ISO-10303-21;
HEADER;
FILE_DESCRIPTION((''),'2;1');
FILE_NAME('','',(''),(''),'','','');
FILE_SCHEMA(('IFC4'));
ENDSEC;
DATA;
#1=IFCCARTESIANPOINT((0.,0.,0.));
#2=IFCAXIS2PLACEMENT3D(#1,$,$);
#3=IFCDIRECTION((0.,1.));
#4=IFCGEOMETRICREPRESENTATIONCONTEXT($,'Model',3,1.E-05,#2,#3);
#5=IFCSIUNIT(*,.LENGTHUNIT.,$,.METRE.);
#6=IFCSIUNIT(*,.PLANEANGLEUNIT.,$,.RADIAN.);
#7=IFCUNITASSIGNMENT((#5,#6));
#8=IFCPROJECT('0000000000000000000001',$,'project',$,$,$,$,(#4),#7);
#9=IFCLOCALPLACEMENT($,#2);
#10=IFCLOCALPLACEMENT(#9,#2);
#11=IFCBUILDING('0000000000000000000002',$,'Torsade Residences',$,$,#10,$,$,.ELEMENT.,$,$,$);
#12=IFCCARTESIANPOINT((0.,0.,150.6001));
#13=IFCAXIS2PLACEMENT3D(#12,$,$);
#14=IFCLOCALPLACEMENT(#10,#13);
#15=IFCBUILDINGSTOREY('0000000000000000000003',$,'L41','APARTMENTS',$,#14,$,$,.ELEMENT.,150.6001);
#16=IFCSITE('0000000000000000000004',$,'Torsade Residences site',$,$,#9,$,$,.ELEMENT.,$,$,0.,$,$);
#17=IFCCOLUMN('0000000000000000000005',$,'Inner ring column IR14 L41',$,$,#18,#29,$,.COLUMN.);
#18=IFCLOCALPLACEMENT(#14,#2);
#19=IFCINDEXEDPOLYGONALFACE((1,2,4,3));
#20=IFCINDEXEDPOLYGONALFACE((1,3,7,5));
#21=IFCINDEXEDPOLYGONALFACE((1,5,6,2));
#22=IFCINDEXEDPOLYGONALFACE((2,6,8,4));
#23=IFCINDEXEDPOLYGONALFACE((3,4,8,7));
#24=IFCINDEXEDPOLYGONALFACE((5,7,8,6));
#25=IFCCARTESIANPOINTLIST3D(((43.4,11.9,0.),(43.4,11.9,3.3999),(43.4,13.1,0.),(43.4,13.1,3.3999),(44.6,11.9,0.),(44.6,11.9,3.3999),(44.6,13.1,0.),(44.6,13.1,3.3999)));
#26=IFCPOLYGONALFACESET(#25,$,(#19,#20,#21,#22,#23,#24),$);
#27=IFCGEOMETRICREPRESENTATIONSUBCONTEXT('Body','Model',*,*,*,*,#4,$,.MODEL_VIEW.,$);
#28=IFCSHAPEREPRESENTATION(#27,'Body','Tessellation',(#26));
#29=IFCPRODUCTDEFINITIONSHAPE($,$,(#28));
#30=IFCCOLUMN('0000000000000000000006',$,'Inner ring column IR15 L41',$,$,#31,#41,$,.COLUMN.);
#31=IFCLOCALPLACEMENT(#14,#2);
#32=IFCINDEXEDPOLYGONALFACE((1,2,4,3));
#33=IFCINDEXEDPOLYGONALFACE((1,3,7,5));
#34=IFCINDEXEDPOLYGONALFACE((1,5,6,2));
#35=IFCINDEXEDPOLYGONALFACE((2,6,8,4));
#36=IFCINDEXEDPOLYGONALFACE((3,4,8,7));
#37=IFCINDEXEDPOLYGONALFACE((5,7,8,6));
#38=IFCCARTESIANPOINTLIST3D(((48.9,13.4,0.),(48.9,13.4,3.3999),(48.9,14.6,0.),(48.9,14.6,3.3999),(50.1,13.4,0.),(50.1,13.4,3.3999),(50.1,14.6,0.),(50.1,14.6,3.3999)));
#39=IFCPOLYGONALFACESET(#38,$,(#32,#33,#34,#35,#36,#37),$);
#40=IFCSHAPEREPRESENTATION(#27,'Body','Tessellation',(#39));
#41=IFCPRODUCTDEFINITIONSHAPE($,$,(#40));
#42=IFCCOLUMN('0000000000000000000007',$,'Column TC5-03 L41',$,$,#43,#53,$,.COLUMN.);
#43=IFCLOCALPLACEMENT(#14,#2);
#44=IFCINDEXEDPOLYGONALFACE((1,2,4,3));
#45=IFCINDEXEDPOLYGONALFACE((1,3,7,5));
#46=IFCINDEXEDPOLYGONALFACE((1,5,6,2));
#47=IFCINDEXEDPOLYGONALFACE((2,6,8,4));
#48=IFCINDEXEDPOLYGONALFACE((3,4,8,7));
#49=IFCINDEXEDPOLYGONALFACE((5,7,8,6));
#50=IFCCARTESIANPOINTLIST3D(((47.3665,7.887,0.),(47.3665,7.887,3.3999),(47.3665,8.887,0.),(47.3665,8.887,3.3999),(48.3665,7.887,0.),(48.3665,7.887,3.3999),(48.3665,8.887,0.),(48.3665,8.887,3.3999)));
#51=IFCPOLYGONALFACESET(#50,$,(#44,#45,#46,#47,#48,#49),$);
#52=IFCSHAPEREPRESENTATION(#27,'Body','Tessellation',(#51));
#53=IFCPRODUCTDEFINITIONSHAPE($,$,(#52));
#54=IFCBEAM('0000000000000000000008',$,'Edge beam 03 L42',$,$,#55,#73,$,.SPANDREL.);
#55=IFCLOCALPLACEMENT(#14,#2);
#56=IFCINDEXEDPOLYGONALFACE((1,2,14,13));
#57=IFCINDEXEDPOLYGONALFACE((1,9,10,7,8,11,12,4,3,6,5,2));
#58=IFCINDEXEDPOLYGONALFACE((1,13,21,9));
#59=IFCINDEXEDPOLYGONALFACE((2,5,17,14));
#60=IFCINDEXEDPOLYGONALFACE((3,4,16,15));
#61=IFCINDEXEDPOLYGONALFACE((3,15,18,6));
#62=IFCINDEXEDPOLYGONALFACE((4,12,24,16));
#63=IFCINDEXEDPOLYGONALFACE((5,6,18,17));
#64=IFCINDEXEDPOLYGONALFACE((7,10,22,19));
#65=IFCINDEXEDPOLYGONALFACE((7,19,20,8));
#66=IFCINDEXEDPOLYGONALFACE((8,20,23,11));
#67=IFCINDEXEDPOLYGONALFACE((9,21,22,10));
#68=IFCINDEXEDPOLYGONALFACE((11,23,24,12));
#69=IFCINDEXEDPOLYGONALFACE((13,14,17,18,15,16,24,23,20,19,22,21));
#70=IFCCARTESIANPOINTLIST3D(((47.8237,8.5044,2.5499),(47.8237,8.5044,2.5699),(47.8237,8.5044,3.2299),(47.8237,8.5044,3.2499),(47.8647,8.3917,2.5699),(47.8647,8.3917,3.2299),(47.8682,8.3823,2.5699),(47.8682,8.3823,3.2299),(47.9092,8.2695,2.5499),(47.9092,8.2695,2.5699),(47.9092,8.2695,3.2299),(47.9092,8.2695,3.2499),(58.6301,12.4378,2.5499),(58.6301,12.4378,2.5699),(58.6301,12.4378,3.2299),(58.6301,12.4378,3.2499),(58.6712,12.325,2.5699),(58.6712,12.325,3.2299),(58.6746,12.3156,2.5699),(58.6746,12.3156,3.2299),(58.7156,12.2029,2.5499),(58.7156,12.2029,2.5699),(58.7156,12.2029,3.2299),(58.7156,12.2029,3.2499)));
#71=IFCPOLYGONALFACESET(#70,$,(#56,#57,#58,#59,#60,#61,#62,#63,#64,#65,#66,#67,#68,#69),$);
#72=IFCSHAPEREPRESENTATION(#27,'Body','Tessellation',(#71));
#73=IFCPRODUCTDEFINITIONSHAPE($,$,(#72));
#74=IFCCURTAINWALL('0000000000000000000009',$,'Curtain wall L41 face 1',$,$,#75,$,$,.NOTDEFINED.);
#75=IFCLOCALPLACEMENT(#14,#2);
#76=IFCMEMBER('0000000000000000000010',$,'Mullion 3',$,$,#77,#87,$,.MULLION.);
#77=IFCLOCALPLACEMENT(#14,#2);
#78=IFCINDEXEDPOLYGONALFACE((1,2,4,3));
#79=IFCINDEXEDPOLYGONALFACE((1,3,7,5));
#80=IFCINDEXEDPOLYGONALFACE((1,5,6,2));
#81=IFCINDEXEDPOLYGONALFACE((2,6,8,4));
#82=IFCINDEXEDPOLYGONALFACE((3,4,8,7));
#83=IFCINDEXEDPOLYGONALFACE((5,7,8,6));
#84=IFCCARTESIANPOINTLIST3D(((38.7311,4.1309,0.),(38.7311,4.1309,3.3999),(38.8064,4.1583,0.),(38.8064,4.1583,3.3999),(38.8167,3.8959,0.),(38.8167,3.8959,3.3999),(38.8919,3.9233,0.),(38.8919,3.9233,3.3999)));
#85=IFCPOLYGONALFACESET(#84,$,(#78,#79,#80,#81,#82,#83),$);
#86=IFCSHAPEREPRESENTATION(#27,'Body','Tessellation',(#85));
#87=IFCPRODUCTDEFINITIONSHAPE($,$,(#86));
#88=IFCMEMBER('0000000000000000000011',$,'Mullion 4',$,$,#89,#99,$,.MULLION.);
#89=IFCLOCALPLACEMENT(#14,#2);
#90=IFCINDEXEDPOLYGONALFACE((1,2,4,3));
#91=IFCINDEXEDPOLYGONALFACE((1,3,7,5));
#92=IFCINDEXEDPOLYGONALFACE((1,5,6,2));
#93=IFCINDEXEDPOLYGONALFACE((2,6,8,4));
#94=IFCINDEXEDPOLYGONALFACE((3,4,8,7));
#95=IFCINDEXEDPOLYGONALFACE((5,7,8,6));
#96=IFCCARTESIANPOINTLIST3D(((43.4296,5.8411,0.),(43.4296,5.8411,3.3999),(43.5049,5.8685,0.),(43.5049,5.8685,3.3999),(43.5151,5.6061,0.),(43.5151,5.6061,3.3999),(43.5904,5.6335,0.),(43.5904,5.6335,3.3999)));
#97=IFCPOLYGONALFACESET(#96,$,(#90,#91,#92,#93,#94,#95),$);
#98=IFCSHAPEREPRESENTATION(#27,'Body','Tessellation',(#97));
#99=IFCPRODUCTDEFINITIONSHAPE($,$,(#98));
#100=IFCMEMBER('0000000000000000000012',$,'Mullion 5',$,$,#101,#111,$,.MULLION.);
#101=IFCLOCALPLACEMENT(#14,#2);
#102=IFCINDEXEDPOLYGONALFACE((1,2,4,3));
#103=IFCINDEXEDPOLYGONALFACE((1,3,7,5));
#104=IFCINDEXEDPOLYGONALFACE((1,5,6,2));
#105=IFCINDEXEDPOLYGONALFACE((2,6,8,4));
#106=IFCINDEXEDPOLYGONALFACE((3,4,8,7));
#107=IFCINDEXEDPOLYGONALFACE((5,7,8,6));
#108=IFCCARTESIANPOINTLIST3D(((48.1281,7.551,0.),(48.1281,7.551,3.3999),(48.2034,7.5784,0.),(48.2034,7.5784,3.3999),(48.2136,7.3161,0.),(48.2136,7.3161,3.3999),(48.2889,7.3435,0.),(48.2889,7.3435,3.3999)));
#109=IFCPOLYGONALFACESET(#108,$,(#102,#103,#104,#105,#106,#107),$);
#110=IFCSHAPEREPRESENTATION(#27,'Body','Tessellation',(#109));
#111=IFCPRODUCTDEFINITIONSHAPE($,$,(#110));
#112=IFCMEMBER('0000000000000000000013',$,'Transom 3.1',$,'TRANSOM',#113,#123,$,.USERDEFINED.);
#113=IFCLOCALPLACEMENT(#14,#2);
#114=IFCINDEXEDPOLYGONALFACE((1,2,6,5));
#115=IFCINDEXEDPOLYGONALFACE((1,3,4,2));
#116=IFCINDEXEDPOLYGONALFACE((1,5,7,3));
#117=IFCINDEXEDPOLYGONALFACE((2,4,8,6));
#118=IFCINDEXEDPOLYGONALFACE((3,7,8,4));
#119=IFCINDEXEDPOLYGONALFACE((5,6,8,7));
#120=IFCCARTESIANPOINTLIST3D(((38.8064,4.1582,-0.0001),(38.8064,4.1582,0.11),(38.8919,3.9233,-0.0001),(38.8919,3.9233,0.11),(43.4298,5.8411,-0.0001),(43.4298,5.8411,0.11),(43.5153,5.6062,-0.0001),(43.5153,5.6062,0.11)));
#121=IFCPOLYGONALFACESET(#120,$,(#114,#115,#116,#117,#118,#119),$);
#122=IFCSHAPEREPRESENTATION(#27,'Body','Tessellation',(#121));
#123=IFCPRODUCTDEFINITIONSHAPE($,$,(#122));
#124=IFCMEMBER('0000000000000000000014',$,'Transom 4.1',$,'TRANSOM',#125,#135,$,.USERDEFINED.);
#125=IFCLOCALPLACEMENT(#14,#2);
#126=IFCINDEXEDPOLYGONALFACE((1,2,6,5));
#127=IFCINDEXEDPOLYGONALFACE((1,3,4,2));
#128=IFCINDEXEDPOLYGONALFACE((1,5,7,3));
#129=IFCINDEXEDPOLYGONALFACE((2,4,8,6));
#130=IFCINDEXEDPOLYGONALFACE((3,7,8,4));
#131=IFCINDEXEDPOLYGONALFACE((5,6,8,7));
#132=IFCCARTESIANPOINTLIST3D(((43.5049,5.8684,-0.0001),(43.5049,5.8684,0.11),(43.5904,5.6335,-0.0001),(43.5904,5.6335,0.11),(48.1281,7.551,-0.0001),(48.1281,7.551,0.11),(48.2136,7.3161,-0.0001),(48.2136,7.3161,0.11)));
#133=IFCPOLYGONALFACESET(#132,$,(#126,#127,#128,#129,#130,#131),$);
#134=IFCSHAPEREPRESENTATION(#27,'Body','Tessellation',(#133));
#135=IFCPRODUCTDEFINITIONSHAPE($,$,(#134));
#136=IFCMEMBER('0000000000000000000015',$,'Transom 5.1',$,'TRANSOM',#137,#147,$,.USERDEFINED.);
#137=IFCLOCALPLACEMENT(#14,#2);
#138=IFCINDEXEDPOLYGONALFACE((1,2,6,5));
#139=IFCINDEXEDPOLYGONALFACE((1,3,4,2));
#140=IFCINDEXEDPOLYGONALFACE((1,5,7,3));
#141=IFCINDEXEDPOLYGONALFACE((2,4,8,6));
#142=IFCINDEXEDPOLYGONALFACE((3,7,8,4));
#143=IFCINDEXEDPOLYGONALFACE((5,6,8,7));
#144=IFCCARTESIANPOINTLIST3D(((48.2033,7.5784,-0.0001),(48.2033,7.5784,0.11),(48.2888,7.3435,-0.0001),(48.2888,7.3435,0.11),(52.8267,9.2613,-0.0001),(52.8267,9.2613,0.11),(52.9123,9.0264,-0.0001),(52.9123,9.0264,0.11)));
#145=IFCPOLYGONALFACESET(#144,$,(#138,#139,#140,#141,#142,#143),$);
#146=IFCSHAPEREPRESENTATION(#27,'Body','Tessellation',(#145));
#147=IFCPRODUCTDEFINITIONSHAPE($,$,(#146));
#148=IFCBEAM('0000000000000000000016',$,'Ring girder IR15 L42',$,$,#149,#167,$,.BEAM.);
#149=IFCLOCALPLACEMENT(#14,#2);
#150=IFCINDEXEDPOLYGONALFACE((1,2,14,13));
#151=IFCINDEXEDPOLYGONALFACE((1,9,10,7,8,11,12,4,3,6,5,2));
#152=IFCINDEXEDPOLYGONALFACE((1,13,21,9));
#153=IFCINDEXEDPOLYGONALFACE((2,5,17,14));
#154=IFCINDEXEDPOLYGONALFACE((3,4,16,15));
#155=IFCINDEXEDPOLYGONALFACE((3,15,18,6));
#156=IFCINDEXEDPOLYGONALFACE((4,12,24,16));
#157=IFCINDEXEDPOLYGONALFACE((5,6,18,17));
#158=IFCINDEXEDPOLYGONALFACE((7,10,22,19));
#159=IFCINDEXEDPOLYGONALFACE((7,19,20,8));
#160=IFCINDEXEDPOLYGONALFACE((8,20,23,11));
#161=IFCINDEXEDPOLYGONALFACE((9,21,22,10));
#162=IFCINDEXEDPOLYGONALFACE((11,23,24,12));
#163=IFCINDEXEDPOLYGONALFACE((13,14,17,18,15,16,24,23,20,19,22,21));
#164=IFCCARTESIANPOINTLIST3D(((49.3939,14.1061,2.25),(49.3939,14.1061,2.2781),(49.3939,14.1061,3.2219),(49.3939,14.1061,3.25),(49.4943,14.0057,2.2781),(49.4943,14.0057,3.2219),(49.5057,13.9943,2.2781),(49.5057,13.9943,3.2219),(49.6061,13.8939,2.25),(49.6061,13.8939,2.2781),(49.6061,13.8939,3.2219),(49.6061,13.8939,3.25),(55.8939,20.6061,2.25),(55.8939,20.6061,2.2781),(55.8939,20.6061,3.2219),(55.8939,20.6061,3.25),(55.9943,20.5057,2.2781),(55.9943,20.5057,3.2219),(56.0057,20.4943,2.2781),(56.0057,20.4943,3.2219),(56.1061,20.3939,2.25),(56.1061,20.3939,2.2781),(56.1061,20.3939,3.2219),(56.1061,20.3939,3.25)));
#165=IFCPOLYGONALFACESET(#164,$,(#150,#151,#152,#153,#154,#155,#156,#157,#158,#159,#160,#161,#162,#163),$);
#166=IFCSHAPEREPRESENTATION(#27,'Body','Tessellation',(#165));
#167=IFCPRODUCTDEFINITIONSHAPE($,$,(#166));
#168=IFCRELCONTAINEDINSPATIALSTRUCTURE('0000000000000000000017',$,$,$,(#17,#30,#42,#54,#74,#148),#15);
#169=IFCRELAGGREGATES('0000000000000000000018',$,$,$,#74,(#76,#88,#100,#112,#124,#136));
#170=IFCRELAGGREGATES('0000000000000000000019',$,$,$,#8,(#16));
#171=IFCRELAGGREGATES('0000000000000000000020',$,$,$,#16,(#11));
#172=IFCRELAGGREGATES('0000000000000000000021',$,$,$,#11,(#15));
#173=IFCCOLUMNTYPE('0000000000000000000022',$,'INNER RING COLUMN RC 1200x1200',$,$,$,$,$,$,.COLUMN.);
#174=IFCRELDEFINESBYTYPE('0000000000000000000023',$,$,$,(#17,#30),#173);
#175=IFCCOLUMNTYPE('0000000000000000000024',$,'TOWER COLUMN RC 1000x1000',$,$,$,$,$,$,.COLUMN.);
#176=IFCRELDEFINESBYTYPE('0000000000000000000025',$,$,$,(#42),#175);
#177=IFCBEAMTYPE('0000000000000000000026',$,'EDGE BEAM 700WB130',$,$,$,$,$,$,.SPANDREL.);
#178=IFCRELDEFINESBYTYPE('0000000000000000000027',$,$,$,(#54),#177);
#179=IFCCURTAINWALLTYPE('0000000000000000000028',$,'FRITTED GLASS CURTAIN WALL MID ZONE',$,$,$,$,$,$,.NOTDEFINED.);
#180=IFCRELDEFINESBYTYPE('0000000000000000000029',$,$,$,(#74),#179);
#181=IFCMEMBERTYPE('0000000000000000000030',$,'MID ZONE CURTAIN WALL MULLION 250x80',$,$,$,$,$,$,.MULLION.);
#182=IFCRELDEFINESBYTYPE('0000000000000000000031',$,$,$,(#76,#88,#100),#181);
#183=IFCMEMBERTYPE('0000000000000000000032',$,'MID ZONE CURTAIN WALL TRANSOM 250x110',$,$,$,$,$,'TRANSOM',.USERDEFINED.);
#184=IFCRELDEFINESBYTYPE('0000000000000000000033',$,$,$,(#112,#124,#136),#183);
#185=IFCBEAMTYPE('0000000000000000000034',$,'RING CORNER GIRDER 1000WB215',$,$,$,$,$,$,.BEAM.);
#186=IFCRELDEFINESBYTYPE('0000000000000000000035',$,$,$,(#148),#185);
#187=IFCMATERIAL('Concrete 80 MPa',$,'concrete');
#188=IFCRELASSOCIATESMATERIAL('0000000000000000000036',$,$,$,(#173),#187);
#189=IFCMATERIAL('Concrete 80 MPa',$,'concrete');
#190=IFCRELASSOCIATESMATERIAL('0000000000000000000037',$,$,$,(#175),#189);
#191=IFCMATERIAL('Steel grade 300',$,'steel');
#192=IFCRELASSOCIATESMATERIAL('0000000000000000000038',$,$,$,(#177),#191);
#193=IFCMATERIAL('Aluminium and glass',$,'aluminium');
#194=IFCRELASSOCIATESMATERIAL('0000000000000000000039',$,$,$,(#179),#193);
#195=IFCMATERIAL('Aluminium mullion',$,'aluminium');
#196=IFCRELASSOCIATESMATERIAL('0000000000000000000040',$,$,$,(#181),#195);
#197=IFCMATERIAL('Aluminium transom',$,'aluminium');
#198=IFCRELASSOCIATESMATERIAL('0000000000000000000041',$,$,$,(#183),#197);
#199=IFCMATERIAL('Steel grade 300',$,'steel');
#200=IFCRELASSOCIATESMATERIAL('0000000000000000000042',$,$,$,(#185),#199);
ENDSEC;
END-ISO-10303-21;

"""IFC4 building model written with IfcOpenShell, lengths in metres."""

from ifc_helpers import new_model, si_unit, direction, frame, origin, origin_2d, place, context, subcontext, project, spatial, rectangle, i_section, extrude, material, material_profile, profile_set, type_object, element, aggregate, save


model = new_model("IFC4")

# Units and contexts
model_context = context("Model", 3, precision=1e-05, world=origin(), true_north=direction((0.0, 1.0)))
body_context = subcontext(model_context, "Body", "Model", "MODEL_VIEW")
ifc_project = project(units=[si_unit("LENGTHUNIT", "METRE"), si_unit("PLANEANGLEUNIT", "RADIAN")], contexts=[model_context])

# Site, building, storey
site_placement = place(None, origin())
site = spatial("IfcSite", under=ifc_project, at=site_placement, Name="Torsade Residences site", CompositionType="ELEMENT", RefElevation=0.0)
building_placement = place(site_placement, origin())
building = spatial("IfcBuilding", under=site, at=building_placement, Name="Torsade Residences", CompositionType="ELEMENT")
storey_placement = place(building_placement, frame((0.0, 0.0, 150.6001)))
storey = spatial("IfcBuildingStorey", under=building, at=storey_placement, Name="L41", Description="APARTMENTS", CompositionType="ELEMENT", Elevation=150.6001)

# Columns
ifc_material_1 = material(Name="Concrete 80 MPa", Category="concrete")
ifc_material_profile_1 = material_profile(ifc_material_1, rectangle(XDim=1.2, YDim=1.2, at=origin_2d()), Name="RC 1200x1200")
ifc_profile_set_1 = profile_set([ifc_material_profile_1], Name="Concrete 80 MPa")
column_type_1 = type_object("IfcColumnType", Name="INNER RING COLUMN RC 1200x1200", PredefinedType="COLUMN", material=ifc_profile_set_1)
for number, where, z_axis, x_axis, name in (
    (1, (44.0, 12.5, 0.0), (0.0, 0.0, 1.0), (1.0, 0.0, 0.0), "Inner ring column IR14 L41"),
    (2, (49.5, 14.0, 0.0), (0.0, 0.0, 1.0), (1.0, 0.0, 0.0), "Inner ring column IR15 L41"),
):
    element("IfcColumn", number, at=place(storey_placement, frame(where, z_axis=z_axis, x_axis=x_axis)), inside=storey, type_object=column_type_1, Name=name, PredefinedType="COLUMN", context=body_context, shape_type="SweptSolid", body=[
        extrude(rectangle(XDim=1.2, YDim=1.2, at=origin_2d()), origin(), (0.0, 0.0, 1.0), 3.3999),
    ])
ifc_material_2 = material(Name="Concrete 80 MPa", Category="concrete")
ifc_material_profile_2 = material_profile(ifc_material_2, rectangle(XDim=1.0, YDim=1.0, at=origin_2d()), Name="RC 1000x1000")
ifc_profile_set_2 = profile_set([ifc_material_profile_2], Name="Concrete 80 MPa")
column_type_2 = type_object("IfcColumnType", Name="TOWER COLUMN RC 1000x1000", PredefinedType="COLUMN", material=ifc_profile_set_2)
column_placement = place(storey_placement, frame((47.8665, 8.387, 0.0), z_axis=(0.0, 0.0, 1.0), x_axis=(1.0, 0.0, 0.0)))
element("IfcColumn", 3, at=column_placement, inside=storey, type_object=column_type_2, Name="Column TC5-03 L41", PredefinedType="COLUMN", context=body_context, shape_type="SweptSolid", body=[
    extrude(rectangle(XDim=1.0, YDim=1.0, at=origin_2d()), origin(), (0.0, 0.0, 1.0), 3.3999),
])

# Beam
ifc_material_3 = material(Name="Steel grade 300", Category="steel")
ifc_material_profile_3 = material_profile(ifc_material_3, i_section(OverallWidth=0.25, OverallDepth=0.7, WebThickness=0.01, FlangeThickness=0.02, at=origin_2d()), Name="700WB130")
ifc_profile_set_3 = profile_set([ifc_material_profile_3], Name="Steel grade 300")
beam_type_1 = type_object("IfcBeamType", Name="EDGE BEAM 700WB130", PredefinedType="SPANDREL", material=ifc_profile_set_3)
beam_1_placement = place(storey_placement, frame((47.8665, 8.387, 2.8999), z_axis=(0.939689, 0.342031, 0.0), x_axis=(-0.342031, 0.939689, 0.0)))
element("IfcBeam", 4, at=beam_1_placement, inside=storey, type_object=beam_type_1, Name="Edge beam 03 L42", PredefinedType="SPANDREL", context=body_context, shape_type="SweptSolid", body=[
    extrude(i_section(OverallWidth=0.25, OverallDepth=0.7, WebThickness=0.01, FlangeThickness=0.02, at=origin_2d()), origin(), (0.0, 0.0, 1.0), 11.5),
])

# Curtain wall, members
ifc_material_4 = material(Name="Aluminium and glass", Category="aluminium")
curtain_wall_type = type_object("IfcCurtainWallType", Name="FRITTED GLASS CURTAIN WALL MID ZONE", PredefinedType="NOTDEFINED", material=ifc_material_4)
curtain_wall_placement = place(storey_placement, origin())
curtain_wall = element("IfcCurtainWall", 5, at=curtain_wall_placement, inside=storey, type_object=curtain_wall_type, Name="Curtain wall L41 face 1", PredefinedType="NOTDEFINED")
ifc_material_5 = material(Name="Aluminium mullion", Category="aluminium")
ifc_material_profile_4 = material_profile(ifc_material_5, rectangle(XDim=0.25, YDim=0.0801, at=origin_2d()), Name="MID ZONE CURTAIN WALL MULLION 250x80")
ifc_profile_set_4 = profile_set([ifc_material_profile_4], Name="Aluminium mullion")
member_type_1 = type_object("IfcMemberType", Name="MID ZONE CURTAIN WALL MULLION 250x80", PredefinedType="MULLION", material=ifc_profile_set_4)
member_1_placement = place(storey_placement, frame((38.8115, 4.0271, 0.0), z_axis=(0.0, 0.0, 1.0), x_axis=(-0.34202, 0.939693, 0.0)))
member_1 = element("IfcMember", 6, at=member_1_placement, type_object=member_type_1, Name="Mullion 3", PredefinedType="MULLION", context=body_context, shape_type="SweptSolid", body=[
    extrude(rectangle(XDim=0.25, YDim=0.0801, at=origin_2d()), origin(), (0.0, 0.0, 1.0), 3.3999),
])
member_2_placement = place(storey_placement, frame((43.51, 5.7373, 0.0), z_axis=(0.0, 0.0, 1.0), x_axis=(-0.34202, 0.939693, 0.0)))
member_2 = element("IfcMember", 7, at=member_2_placement, type_object=member_type_1, Name="Mullion 4", PredefinedType="MULLION", context=body_context, shape_type="SweptSolid", body=[
    extrude(rectangle(XDim=0.25, YDim=0.0801, at=origin_2d()), origin(), (0.0, 0.0, 1.0), 3.3999),
])
member_3_placement = place(storey_placement, frame((48.2085, 7.4473, 0.0), z_axis=(0.0, 0.0, 1.0), x_axis=(-0.34202, 0.939693, 0.0)))
member_3 = element("IfcMember", 8, at=member_3_placement, type_object=member_type_1, Name="Mullion 5", PredefinedType="MULLION", context=body_context, shape_type="SweptSolid", body=[
    extrude(rectangle(XDim=0.25, YDim=0.0801, at=origin_2d()), origin(), (0.0, 0.0, 1.0), 3.3999),
])
ifc_material_6 = material(Name="Aluminium transom", Category="aluminium")
ifc_material_profile_5 = material_profile(ifc_material_6, rectangle(XDim=0.25, YDim=0.1101, at=origin_2d()), Name="MID ZONE CURTAIN WALL TRANSOM 250x110")
ifc_profile_set_5 = profile_set([ifc_material_profile_5], Name="Aluminium transom")
member_type_2 = type_object("IfcMemberType", Name="MID ZONE CURTAIN WALL TRANSOM 250x110", ElementType="TRANSOM", PredefinedType="USERDEFINED", material=ifc_profile_set_5)
member_4_placement = place(storey_placement, frame((38.8491, 4.0408, 0.0549), z_axis=(0.939685, 0.342042, 0.0), x_axis=(-0.342042, 0.939685, 0.0)))
member_4 = element("IfcMember", 9, at=member_4_placement, type_object=member_type_2, Name="Transom 3.1", ObjectType="TRANSOM", PredefinedType="USERDEFINED", context=body_context, shape_type="SweptSolid", body=[
    extrude(rectangle(XDim=0.25, YDim=0.1101, at=origin_2d()), origin(), (0.0, 0.0, 1.0), 4.9202),
])
member_5_placement = place(storey_placement, frame((43.5476, 5.751, 0.0549), z_axis=(0.939701, 0.341998, 0.0), x_axis=(-0.341998, 0.939701, 0.0)))
member_5 = element("IfcMember", 10, at=member_5_placement, type_object=member_type_2, Name="Transom 4.1", ObjectType="TRANSOM", PredefinedType="USERDEFINED", context=body_context, shape_type="SweptSolid", body=[
    extrude(rectangle(XDim=0.25, YDim=0.1101, at=origin_2d()), origin(), (0.0, 0.0, 1.0), 4.9199),
])
member_6_placement = place(storey_placement, frame((48.2461, 7.4609, 0.0549), z_axis=(0.939685, 0.342042, 0.0), x_axis=(-0.342042, 0.939685, 0.0)))
member_6 = element("IfcMember", 11, at=member_6_placement, type_object=member_type_2, Name="Transom 5.1", ObjectType="TRANSOM", PredefinedType="USERDEFINED", context=body_context, shape_type="SweptSolid", body=[
    extrude(rectangle(XDim=0.25, YDim=0.1101, at=origin_2d()), origin(), (0.0, 0.0, 1.0), 4.9202),
])

# Beam
ifc_material_7 = material(Name="Steel grade 300", Category="steel")
ifc_material_profile_6 = material_profile(ifc_material_7, i_section(OverallWidth=0.3, OverallDepth=1.0, WebThickness=0.0161, FlangeThickness=0.0281, at=origin_2d()), Name="1000WB215")
ifc_profile_set_6 = profile_set([ifc_material_profile_6], Name="Steel grade 300")
beam_type_2 = type_object("IfcBeamType", Name="RING CORNER GIRDER 1000WB215", PredefinedType="BEAM", material=ifc_profile_set_6)
beam_2_placement = place(storey_placement, frame((49.5, 14.0, 2.75), z_axis=(0.707107, 0.707107, 0.0), x_axis=(-0.707107, 0.707107, 0.0)))
element("IfcBeam", 12, at=beam_2_placement, inside=storey, type_object=beam_type_2, Name="Ring girder IR15 L42", PredefinedType="BEAM", context=body_context, shape_type="SweptSolid", body=[
    extrude(i_section(OverallWidth=0.3, OverallDepth=1.0, WebThickness=0.0161, FlangeThickness=0.0281, at=origin_2d()), origin(), (0.0, 0.0, 1.0), 9.1924),
])

aggregate(curtain_wall, [member_1, member_2, member_3, member_4, member_5, member_6])

save(model, "model.ifc")
